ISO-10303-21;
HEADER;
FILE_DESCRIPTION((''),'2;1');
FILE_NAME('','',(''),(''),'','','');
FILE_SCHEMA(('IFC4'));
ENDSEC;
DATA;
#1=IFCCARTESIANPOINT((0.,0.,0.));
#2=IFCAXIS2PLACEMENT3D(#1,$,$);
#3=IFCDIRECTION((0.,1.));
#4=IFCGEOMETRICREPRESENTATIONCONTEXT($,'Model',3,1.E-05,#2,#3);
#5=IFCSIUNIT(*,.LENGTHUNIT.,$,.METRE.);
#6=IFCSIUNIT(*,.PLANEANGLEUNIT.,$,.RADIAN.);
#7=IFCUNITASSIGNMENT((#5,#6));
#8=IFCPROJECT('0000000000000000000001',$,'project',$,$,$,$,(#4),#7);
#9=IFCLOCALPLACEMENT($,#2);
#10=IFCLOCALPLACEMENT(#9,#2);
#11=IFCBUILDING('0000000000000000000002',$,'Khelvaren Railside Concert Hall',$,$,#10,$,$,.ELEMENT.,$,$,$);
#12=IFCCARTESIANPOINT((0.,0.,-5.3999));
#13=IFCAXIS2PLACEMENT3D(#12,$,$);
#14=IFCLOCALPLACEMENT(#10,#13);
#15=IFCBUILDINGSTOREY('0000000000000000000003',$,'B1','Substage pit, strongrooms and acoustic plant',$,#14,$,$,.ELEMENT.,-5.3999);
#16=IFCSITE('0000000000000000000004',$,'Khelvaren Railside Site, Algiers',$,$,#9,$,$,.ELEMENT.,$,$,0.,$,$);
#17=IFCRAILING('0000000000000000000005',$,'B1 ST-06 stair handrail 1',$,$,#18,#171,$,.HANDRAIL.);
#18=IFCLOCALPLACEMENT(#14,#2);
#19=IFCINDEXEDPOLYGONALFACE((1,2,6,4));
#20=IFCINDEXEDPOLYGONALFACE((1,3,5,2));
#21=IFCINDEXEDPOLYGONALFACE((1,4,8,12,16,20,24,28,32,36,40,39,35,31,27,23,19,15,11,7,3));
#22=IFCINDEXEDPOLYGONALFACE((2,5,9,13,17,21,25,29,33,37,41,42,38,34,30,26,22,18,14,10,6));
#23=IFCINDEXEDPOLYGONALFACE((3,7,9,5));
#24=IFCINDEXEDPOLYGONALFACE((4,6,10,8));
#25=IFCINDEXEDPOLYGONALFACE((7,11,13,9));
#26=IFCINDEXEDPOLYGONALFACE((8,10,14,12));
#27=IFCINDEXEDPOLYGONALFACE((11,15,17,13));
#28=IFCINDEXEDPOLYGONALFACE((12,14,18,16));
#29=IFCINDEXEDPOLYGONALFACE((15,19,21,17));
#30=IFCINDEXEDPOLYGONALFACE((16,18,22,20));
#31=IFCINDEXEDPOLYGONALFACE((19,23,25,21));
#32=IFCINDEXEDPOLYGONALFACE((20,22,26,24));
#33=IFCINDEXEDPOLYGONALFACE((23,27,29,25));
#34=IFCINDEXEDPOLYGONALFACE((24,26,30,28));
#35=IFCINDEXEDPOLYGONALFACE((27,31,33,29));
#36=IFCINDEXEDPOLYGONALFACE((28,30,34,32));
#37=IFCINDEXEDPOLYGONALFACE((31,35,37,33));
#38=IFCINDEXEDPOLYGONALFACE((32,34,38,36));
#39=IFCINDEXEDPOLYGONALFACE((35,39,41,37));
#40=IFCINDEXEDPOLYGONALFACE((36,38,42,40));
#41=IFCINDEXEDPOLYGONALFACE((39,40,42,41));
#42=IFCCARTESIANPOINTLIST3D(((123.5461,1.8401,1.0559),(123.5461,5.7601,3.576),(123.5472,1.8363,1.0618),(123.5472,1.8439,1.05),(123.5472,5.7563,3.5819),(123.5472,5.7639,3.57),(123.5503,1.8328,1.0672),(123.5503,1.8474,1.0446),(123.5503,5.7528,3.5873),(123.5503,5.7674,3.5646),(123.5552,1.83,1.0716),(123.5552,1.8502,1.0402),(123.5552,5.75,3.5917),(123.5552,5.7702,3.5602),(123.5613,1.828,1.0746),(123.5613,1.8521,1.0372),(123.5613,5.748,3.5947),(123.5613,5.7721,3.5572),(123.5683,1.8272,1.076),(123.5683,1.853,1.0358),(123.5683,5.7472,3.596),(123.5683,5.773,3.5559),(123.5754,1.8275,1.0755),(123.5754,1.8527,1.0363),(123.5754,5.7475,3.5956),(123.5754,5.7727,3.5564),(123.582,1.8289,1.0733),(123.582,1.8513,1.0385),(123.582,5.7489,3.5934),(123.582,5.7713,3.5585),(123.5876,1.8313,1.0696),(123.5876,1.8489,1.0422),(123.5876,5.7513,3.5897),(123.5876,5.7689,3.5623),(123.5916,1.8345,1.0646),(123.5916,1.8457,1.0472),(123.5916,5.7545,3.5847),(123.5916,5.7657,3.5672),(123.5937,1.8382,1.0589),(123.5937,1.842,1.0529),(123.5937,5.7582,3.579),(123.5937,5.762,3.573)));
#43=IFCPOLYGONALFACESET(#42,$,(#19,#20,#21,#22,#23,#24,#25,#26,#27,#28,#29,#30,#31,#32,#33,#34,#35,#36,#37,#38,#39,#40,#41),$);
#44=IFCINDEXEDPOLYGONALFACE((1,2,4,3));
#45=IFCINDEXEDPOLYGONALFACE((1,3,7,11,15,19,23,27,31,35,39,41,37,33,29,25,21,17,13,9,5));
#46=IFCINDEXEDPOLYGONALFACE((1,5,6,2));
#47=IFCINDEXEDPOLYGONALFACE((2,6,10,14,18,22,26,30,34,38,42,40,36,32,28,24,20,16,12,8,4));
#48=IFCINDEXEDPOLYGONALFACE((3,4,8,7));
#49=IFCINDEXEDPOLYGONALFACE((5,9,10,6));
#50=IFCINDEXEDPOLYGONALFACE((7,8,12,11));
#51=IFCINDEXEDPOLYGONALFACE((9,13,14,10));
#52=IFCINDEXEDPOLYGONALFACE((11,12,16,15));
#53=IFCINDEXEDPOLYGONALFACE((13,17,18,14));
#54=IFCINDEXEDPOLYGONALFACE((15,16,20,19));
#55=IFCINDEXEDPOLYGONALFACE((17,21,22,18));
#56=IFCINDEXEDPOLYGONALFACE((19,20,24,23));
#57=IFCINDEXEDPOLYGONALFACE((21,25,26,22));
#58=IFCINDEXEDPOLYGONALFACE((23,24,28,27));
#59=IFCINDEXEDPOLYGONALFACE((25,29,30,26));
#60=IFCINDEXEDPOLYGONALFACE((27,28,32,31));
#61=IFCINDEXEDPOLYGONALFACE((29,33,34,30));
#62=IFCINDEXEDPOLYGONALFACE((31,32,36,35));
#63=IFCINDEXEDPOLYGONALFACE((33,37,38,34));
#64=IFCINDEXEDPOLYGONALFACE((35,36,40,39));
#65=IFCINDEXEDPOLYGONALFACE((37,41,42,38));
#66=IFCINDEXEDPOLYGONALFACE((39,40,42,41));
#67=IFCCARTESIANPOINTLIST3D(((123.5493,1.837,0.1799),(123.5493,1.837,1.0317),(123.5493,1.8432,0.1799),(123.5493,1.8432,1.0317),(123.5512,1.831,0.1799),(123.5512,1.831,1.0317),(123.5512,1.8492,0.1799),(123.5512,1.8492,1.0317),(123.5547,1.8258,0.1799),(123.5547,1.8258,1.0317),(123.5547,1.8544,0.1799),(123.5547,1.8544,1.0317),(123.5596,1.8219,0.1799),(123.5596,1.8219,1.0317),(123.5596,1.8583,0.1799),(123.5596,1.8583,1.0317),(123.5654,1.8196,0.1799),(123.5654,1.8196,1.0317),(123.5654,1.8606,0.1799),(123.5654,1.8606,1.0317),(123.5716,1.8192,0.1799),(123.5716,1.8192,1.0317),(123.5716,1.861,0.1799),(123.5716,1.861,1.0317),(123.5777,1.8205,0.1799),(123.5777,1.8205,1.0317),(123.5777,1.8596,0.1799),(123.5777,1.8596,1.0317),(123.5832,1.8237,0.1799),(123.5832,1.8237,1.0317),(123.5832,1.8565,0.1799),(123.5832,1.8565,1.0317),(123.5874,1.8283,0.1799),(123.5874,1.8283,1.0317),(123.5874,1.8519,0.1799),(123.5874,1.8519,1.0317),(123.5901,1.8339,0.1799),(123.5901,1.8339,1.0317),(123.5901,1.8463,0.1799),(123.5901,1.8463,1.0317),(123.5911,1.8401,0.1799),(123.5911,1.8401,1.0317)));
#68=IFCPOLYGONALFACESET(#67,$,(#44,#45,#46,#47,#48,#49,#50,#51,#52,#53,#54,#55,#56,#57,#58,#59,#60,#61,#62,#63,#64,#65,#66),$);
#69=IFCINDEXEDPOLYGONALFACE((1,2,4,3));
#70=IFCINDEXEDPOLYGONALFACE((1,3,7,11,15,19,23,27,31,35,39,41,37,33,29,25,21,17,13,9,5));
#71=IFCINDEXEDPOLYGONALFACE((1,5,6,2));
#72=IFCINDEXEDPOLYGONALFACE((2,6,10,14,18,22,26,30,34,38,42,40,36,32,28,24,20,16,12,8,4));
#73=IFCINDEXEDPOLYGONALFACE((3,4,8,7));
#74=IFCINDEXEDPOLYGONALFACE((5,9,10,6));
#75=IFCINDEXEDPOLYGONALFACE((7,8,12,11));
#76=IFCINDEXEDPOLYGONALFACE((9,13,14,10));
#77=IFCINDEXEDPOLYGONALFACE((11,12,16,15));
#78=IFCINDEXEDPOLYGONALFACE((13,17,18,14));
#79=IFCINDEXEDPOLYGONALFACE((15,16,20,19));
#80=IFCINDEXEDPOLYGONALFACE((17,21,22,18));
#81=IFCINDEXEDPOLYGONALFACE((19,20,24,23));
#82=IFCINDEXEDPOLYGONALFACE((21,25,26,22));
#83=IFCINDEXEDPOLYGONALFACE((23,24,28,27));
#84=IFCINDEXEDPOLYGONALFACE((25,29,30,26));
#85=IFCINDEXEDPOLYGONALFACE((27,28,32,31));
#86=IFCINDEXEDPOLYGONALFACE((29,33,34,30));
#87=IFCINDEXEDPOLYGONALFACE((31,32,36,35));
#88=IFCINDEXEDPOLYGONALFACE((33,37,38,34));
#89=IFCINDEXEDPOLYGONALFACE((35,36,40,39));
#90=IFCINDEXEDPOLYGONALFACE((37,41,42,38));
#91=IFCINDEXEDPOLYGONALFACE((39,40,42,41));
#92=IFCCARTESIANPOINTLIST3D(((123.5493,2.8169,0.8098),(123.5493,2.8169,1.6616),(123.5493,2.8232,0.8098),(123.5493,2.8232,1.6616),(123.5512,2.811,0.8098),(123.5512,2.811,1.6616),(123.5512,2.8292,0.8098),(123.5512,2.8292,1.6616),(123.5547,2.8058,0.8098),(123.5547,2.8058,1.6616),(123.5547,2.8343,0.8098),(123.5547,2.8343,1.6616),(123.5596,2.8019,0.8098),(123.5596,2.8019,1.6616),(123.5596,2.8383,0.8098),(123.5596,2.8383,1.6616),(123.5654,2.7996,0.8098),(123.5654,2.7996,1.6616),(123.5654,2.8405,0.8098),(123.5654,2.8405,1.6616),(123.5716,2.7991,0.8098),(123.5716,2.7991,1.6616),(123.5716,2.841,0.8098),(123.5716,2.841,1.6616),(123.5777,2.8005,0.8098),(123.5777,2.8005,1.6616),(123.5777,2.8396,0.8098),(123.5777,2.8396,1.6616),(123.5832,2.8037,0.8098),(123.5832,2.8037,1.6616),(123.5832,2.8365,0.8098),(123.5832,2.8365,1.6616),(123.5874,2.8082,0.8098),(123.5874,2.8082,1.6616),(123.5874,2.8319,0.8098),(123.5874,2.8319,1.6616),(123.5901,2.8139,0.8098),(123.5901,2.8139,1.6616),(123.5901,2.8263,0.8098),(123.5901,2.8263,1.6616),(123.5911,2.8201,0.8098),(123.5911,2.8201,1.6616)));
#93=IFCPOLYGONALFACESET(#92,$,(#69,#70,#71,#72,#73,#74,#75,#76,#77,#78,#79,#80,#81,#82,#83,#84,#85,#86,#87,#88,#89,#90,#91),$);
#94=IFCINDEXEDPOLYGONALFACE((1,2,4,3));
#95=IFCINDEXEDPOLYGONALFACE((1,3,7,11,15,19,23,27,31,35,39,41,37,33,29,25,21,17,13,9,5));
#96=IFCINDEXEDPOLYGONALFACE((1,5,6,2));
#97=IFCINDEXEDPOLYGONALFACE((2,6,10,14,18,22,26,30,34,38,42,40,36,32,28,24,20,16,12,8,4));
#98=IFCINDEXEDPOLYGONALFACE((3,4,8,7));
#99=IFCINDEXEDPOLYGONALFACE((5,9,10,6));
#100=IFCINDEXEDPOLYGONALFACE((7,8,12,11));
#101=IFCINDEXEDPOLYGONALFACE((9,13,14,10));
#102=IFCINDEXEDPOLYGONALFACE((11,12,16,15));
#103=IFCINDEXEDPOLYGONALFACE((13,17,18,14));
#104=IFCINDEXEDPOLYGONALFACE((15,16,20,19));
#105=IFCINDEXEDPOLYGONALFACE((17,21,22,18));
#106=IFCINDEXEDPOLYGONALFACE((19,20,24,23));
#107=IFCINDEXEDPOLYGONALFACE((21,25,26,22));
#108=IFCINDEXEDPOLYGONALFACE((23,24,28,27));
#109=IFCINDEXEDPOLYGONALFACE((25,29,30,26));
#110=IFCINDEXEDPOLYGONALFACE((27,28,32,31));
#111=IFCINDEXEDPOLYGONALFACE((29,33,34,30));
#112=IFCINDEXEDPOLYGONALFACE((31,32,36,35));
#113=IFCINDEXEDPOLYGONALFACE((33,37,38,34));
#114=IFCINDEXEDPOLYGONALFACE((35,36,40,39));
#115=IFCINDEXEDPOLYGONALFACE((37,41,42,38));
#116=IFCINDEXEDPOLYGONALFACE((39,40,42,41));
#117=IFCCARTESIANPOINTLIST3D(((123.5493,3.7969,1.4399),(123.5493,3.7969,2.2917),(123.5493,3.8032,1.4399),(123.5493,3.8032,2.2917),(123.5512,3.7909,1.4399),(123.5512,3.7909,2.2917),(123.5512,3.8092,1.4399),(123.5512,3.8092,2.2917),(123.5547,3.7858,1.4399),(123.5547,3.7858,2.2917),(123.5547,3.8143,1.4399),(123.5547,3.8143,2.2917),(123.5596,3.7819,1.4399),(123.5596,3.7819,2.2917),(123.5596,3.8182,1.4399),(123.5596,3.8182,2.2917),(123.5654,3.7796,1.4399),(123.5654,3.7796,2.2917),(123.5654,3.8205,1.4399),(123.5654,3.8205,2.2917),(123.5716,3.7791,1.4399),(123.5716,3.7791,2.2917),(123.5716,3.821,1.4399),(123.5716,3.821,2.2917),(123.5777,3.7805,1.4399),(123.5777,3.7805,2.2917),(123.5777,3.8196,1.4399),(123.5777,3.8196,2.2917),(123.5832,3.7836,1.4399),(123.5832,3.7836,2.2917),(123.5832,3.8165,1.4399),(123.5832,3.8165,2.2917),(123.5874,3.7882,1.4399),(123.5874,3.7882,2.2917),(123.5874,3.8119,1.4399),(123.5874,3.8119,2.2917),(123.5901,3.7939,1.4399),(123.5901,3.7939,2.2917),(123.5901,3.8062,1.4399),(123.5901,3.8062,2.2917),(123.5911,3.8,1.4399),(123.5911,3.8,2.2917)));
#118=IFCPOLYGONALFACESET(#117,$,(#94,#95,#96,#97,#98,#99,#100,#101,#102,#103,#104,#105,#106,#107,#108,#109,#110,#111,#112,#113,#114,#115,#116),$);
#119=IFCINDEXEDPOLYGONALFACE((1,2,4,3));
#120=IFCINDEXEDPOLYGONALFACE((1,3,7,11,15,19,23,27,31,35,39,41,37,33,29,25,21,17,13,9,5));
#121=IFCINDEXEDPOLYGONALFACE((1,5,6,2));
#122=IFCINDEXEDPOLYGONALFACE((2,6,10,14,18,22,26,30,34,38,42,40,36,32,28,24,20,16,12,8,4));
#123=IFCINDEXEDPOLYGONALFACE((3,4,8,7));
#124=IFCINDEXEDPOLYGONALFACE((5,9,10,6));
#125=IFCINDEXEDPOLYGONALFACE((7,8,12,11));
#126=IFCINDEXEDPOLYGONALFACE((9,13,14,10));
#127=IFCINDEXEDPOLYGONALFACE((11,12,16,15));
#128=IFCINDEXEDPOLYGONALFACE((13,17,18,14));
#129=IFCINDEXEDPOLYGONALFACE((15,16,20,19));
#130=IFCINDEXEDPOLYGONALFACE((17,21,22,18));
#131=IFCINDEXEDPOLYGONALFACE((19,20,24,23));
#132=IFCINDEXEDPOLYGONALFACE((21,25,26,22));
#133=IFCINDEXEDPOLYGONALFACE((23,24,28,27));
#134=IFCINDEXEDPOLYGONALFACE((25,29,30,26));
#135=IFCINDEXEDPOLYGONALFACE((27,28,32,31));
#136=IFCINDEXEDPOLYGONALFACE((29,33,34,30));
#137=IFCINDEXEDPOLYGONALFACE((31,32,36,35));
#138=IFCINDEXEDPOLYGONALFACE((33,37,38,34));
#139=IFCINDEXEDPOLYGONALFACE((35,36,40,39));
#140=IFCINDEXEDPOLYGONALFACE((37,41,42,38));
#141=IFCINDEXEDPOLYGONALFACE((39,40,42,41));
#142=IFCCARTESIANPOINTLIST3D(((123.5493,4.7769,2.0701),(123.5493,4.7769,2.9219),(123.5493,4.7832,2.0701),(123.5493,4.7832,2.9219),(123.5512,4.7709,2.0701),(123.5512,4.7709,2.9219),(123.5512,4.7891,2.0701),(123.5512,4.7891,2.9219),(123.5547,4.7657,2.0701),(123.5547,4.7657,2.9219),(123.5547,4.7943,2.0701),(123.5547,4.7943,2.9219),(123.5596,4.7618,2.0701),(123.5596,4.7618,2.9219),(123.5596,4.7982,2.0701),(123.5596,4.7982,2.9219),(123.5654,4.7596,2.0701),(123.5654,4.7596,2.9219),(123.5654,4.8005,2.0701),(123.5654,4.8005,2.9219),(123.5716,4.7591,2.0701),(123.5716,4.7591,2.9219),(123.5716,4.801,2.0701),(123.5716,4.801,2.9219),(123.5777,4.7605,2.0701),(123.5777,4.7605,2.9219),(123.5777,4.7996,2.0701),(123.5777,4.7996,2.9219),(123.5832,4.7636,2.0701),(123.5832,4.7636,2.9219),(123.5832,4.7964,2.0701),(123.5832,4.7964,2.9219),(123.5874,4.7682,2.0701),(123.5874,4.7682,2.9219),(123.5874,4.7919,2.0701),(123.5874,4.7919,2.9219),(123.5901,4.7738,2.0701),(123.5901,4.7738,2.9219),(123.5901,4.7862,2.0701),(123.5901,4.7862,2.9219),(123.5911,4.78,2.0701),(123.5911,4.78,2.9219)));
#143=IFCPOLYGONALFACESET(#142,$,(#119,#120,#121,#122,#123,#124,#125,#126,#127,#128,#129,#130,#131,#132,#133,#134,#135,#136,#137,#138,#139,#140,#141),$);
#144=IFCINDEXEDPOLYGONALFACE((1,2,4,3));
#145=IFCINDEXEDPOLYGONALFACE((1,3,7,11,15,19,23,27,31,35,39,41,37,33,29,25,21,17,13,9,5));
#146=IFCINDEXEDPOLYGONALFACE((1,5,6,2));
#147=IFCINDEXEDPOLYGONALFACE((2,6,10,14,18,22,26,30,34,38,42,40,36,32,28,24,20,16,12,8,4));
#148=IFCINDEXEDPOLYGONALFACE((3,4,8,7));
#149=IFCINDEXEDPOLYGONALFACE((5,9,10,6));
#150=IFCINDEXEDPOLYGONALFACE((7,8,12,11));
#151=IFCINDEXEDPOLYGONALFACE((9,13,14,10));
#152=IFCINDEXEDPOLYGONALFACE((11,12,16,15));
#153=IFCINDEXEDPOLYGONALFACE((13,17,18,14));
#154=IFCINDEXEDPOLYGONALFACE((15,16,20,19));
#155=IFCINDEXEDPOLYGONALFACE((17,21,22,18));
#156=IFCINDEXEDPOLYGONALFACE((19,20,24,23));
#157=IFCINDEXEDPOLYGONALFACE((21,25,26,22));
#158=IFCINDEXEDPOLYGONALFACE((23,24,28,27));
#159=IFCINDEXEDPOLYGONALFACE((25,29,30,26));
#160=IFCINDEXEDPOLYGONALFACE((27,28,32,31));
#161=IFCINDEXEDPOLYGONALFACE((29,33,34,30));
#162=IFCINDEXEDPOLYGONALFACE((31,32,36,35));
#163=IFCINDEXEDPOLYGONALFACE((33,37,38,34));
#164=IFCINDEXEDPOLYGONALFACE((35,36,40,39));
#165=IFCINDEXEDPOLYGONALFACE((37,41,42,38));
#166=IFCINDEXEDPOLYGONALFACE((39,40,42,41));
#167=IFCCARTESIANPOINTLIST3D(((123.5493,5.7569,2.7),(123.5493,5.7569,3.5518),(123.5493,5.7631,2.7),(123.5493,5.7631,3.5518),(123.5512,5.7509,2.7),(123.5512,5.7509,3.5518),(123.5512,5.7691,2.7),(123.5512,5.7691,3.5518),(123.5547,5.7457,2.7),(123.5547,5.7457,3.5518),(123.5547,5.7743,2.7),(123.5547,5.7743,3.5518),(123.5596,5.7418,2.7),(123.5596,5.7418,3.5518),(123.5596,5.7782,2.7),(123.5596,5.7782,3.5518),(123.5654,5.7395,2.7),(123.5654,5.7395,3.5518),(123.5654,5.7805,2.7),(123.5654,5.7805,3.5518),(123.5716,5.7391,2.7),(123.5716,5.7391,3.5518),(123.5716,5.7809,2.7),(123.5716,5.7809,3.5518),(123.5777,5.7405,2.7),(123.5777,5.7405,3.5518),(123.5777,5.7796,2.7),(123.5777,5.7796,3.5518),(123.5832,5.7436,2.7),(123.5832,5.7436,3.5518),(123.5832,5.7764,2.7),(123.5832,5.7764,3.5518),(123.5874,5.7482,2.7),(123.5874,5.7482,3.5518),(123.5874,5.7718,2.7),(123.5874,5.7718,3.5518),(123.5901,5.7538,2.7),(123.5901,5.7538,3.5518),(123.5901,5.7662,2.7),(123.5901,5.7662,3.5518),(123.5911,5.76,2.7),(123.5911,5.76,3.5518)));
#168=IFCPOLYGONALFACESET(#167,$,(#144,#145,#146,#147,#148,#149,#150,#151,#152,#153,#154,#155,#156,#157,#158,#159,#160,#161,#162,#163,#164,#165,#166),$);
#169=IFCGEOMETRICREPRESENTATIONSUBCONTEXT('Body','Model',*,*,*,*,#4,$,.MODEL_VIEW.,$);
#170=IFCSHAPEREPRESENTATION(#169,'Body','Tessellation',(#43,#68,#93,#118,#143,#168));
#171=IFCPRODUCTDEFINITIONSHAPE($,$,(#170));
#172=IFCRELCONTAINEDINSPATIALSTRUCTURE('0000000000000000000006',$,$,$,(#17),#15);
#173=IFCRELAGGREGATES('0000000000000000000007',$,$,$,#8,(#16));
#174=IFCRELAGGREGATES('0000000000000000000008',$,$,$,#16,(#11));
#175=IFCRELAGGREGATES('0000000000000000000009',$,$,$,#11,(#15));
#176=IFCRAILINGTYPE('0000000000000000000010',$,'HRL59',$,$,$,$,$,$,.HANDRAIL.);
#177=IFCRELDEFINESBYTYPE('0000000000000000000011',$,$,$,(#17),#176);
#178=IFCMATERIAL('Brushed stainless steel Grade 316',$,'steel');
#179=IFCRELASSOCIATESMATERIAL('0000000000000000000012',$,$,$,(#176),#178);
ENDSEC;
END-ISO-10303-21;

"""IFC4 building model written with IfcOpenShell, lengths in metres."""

from ifc_helpers import new_model, si_unit, direction, frame, origin, origin_2d, place, context, subcontext, project, spatial, circle, extrude, material, type_object, element, save


model = new_model("IFC4")

# Units and contexts
model_context = context("Model", 3, precision=1e-05, world=origin(), true_north=direction((0.0, 1.0)))
body_context = subcontext(model_context, "Body", "Model", "MODEL_VIEW")
ifc_project = project(units=[si_unit("LENGTHUNIT", "METRE"), si_unit("PLANEANGLEUNIT", "RADIAN")], contexts=[model_context])

# Site, building, storey
site_placement = place(None, origin())
site = spatial("IfcSite", under=ifc_project, at=site_placement, Name="Khelvaren Railside Site, Algiers", CompositionType="ELEMENT", RefElevation=0.0)
building_placement = place(site_placement, origin())
building = spatial("IfcBuilding", under=site, at=building_placement, Name="Khelvaren Railside Concert Hall", CompositionType="ELEMENT")
storey_placement = place(building_placement, frame((0.0, 0.0, -5.3999)))
storey = spatial("IfcBuildingStorey", under=building, at=storey_placement, Name="B1", Description="Substage pit, strongrooms and acoustic plant", CompositionType="ELEMENT", Elevation=-5.3999)

# Railing
ifc_material_1 = material(Name="Brushed stainless steel Grade 316", Category="steel")
railing_type_1 = type_object("IfcRailingType", Name="HRL59", PredefinedType="HANDRAIL", material=ifc_material_1)
railing_1_placement = place(storey_placement, frame((123.5701, 1.8401, 0.1799)))
element("IfcRailing", 1, at=railing_1_placement, inside=storey, type_object=railing_type_1, Name="B1 ST-06 stair handrail 1", PredefinedType="HANDRAIL", context=body_context, shape_type="SweptSolid", body=[
    extrude(circle(Radius=0.0239, at=origin_2d()), frame((0.0, 0.0, 0.876), z_axis=(0.0, 0.841172, 0.540768), x_axis=(-1.0, 0.0, 0.0)), (0.0, 0.0, 1.0), 4.6602),
    extrude(circle(Radius=0.021, at=origin_2d()), origin(), (0.0, 0.0, 1.0), 0.8518),
    extrude(circle(Radius=0.021, at=origin_2d()), frame((0.0, 0.98, 0.6299)), (0.0, 0.0, 1.0), 0.8518),
    extrude(circle(Radius=0.021, at=origin_2d()), frame((0.0, 1.96, 1.26)), (0.0, 0.0, 1.0), 0.8518),
    extrude(circle(Radius=0.021, at=origin_2d()), frame((0.0, 2.9399, 1.8901)), (0.0, 0.0, 1.0), 0.8518),
    extrude(circle(Radius=0.021, at=origin_2d()), frame((0.0, 3.9199, 2.52)), (0.0, 0.0, 1.0), 0.8518),
])

save(model, "model.ifc")
